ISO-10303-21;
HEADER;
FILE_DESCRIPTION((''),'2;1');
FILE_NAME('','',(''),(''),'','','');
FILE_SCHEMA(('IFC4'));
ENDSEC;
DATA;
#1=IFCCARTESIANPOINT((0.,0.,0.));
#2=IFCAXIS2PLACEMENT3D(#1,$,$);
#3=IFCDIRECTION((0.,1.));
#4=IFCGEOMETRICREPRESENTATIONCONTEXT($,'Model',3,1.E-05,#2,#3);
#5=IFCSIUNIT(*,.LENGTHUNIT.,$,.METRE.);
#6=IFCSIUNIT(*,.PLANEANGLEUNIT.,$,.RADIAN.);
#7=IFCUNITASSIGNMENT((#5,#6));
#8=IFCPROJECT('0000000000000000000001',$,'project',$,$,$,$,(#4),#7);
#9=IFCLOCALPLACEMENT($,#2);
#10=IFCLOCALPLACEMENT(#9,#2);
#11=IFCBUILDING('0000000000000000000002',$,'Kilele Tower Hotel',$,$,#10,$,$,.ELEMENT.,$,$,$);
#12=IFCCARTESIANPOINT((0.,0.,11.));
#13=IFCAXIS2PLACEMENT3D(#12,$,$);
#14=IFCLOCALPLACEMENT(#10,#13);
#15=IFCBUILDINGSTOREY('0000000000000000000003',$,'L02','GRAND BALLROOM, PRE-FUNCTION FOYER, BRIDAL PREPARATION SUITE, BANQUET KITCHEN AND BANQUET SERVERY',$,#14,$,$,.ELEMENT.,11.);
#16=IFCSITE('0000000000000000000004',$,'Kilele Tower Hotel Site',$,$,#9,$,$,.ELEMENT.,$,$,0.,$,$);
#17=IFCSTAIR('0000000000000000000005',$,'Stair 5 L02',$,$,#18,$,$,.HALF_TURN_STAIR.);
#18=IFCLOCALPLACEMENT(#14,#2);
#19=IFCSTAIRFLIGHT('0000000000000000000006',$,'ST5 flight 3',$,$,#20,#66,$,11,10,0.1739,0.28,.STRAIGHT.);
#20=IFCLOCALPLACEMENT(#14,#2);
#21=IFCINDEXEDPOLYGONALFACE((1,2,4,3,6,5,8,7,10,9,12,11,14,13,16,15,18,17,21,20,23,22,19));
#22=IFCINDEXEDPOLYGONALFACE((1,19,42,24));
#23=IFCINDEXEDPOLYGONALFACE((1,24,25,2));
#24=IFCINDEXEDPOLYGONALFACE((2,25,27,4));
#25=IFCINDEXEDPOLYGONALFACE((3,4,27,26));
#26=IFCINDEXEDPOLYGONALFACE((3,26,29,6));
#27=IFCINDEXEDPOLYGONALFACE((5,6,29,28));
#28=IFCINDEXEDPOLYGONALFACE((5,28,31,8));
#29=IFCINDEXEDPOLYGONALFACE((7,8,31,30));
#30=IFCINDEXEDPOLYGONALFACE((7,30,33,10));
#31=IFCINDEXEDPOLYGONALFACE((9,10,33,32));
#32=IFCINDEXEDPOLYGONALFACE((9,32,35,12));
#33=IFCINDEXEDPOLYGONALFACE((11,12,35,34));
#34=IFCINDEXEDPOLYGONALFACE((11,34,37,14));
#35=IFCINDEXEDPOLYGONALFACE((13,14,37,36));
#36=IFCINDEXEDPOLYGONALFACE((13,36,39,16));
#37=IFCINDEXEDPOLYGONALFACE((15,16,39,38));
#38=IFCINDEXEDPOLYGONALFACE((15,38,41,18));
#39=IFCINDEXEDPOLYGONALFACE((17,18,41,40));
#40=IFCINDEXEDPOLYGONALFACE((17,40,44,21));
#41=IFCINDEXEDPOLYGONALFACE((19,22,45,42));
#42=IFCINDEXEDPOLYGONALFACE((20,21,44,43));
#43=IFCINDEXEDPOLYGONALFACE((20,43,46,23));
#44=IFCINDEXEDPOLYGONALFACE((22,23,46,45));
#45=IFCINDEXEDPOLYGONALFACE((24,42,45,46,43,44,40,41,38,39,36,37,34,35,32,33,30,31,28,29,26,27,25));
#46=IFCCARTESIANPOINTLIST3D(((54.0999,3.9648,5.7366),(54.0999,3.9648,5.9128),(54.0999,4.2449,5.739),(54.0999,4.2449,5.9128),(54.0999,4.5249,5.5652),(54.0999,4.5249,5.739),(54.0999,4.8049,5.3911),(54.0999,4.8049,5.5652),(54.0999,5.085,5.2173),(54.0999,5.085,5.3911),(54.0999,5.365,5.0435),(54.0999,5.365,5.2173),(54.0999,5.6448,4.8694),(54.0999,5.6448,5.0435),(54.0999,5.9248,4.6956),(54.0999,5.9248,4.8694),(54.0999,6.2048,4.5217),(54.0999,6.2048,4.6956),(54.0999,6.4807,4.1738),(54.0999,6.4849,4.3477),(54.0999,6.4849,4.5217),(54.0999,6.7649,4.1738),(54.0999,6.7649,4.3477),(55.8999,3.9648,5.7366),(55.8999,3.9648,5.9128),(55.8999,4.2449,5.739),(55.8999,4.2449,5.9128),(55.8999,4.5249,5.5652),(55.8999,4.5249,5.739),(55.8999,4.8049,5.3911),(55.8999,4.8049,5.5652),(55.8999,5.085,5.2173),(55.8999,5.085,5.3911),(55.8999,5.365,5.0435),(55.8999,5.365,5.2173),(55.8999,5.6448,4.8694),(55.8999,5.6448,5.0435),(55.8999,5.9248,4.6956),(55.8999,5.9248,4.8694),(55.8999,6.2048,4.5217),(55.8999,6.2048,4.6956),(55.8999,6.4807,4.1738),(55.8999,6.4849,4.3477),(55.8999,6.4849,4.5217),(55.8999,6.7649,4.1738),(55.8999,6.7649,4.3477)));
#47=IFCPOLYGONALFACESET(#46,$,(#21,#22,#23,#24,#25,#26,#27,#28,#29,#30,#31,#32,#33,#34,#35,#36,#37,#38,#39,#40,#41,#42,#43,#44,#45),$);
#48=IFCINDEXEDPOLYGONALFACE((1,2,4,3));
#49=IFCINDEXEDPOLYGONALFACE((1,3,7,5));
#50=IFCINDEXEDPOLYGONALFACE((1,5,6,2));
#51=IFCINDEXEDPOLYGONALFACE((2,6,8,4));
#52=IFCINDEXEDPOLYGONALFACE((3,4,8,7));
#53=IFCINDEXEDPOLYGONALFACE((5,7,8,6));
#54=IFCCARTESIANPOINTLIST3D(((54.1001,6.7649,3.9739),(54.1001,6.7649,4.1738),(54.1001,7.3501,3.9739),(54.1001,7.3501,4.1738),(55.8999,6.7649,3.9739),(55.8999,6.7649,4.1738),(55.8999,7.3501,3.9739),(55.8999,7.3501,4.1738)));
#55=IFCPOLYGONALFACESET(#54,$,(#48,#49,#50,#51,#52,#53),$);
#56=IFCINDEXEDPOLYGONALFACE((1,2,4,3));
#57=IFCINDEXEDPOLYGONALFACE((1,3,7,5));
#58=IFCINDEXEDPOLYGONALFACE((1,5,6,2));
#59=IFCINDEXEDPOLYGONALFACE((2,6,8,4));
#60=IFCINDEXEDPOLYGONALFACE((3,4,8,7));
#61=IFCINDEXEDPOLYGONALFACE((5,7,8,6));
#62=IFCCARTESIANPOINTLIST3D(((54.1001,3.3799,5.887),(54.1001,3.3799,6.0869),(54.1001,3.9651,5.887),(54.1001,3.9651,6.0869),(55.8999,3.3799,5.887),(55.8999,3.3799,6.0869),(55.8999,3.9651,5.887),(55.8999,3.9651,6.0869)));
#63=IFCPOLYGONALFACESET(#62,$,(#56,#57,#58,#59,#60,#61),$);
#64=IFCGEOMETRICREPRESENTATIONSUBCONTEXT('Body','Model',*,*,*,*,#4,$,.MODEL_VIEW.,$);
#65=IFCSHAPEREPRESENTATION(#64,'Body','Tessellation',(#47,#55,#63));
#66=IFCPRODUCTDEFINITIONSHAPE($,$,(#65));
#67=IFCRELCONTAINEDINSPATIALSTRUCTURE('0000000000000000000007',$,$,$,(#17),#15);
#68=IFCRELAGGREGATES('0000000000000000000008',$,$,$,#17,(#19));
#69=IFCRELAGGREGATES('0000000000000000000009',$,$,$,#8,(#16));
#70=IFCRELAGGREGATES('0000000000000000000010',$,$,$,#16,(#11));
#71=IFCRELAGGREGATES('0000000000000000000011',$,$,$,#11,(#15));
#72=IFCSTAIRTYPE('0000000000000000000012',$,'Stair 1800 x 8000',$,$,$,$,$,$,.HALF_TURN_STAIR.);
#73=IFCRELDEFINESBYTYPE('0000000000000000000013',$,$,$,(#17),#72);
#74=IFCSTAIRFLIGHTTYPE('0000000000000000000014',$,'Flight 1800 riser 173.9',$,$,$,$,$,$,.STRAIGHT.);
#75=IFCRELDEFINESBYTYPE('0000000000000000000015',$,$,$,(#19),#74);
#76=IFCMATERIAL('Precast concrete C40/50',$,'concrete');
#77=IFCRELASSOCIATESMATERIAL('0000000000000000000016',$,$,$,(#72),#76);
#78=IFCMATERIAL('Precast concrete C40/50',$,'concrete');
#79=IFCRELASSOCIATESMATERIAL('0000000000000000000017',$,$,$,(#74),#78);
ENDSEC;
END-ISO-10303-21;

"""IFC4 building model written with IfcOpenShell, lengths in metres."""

from ifc_helpers import new_model, si_unit, direction, frame, origin, place, context, subcontext, project, spatial, polyline, outline, extrude, material, type_object, element, aggregate, save


model = new_model("IFC4")

# Units and contexts
model_context = context("Model", 3, precision=1e-05, world=origin(), true_north=direction((0.0, 1.0)))
body_context = subcontext(model_context, "Body", "Model", "MODEL_VIEW")
ifc_project = project(units=[si_unit("LENGTHUNIT", "METRE"), si_unit("PLANEANGLEUNIT", "RADIAN")], contexts=[model_context])

# Site, building, storey
site_placement = place(None, origin())
site = spatial("IfcSite", under=ifc_project, at=site_placement, Name="Kilele Tower Hotel Site", CompositionType="ELEMENT", RefElevation=0.0)
building_placement = place(site_placement, origin())
building = spatial("IfcBuilding", under=site, at=building_placement, Name="Kilele Tower Hotel", CompositionType="ELEMENT")
storey_placement = place(building_placement, frame((0.0, 0.0, 11.0)))
storey = spatial("IfcBuildingStorey", under=building, at=storey_placement, Name="L02", Description="GRAND BALLROOM, PRE-FUNCTION FOYER, BRIDAL PREPARATION SUITE, BANQUET KITCHEN AND BANQUET SERVERY", CompositionType="ELEMENT", Elevation=11.0)

# Stair, stair flight
ifc_material_1 = material(Name="Precast concrete C40/50", Category="concrete")
stair_type = type_object("IfcStairType", Name="Stair 1800 x 8000", PredefinedType="HALF_TURN_STAIR", material=ifc_material_1)
stair_placement = place(storey_placement, origin())
stair = element("IfcStair", 1, at=stair_placement, inside=storey, type_object=stair_type, Name="Stair 5 L02", PredefinedType="HALF_TURN_STAIR")
ifc_material_2 = material(Name="Precast concrete C40/50", Category="concrete")
stair_flight_type = type_object("IfcStairFlightType", Name="Flight 1800 riser 173.9", PredefinedType="STRAIGHT", material=ifc_material_2)
stair_flight_1_placement = place(storey_placement, frame((55.0, 6.7649, 4.1738), z_axis=(0.0, 0.0, 1.0), x_axis=(0.0, -1.0, 0.0)))
stair_flight_1 = element("IfcStairFlight", 2, at=stair_flight_1_placement, type_object=stair_flight_type, Name="ST5 flight 3", NumberOfRisers=11, NumberOfTreads=10, PredefinedType="STRAIGHT", RiserHeight=0.1739, TreadLength=0.28, context=body_context, shape_type="SweptSolid", body=[
    extrude(outline(polyline([(0.0, 0.0), (0.0, 0.1738), (0.28, 0.1738), (0.28, 0.3479), (0.5601, 0.3479), (0.5601, 0.5217), (0.8401, 0.5217), (0.8401, 0.6956), (1.1201, 0.6956), (1.1201, 0.8696), (1.3999, 0.8696), (1.3999, 1.0435), (1.6799, 1.0435), (1.6799, 1.2173), (1.96, 1.2173), (1.96, 1.3914), (2.24, 1.3914), (2.24, 1.5652), (2.52, 1.5652), (2.52, 1.739), (2.8, 1.739), (2.8, 1.9131), (2.8, 1.5627), (0.2842, 0.0), (0.0, 0.0)])), frame((0.0, 0.8999, 0.0), z_axis=(0.0, -1.0, 0.0), x_axis=(1.0, 0.0, 0.0)), (0.0, 0.0, 1.0), 1.8),
    extrude(outline(polyline([(0.0, -0.8999), (0.0, 0.8999), (-0.5852, 0.8999), (-0.5852, -0.8999), (0.0, -0.8999)])), frame((0.0, 0.0, -0.2)), (0.0, 0.0, 1.0), 0.2),
    extrude(outline(polyline([(3.385, -0.8999), (3.385, 0.8999), (2.7998, 0.8999), (2.7998, -0.8999), (3.385, -0.8999)])), frame((0.0, 0.0, 1.7131)), (0.0, 0.0, 1.0), 0.2),
])
aggregate(stair, [stair_flight_1])

save(model, "model.ifc")
